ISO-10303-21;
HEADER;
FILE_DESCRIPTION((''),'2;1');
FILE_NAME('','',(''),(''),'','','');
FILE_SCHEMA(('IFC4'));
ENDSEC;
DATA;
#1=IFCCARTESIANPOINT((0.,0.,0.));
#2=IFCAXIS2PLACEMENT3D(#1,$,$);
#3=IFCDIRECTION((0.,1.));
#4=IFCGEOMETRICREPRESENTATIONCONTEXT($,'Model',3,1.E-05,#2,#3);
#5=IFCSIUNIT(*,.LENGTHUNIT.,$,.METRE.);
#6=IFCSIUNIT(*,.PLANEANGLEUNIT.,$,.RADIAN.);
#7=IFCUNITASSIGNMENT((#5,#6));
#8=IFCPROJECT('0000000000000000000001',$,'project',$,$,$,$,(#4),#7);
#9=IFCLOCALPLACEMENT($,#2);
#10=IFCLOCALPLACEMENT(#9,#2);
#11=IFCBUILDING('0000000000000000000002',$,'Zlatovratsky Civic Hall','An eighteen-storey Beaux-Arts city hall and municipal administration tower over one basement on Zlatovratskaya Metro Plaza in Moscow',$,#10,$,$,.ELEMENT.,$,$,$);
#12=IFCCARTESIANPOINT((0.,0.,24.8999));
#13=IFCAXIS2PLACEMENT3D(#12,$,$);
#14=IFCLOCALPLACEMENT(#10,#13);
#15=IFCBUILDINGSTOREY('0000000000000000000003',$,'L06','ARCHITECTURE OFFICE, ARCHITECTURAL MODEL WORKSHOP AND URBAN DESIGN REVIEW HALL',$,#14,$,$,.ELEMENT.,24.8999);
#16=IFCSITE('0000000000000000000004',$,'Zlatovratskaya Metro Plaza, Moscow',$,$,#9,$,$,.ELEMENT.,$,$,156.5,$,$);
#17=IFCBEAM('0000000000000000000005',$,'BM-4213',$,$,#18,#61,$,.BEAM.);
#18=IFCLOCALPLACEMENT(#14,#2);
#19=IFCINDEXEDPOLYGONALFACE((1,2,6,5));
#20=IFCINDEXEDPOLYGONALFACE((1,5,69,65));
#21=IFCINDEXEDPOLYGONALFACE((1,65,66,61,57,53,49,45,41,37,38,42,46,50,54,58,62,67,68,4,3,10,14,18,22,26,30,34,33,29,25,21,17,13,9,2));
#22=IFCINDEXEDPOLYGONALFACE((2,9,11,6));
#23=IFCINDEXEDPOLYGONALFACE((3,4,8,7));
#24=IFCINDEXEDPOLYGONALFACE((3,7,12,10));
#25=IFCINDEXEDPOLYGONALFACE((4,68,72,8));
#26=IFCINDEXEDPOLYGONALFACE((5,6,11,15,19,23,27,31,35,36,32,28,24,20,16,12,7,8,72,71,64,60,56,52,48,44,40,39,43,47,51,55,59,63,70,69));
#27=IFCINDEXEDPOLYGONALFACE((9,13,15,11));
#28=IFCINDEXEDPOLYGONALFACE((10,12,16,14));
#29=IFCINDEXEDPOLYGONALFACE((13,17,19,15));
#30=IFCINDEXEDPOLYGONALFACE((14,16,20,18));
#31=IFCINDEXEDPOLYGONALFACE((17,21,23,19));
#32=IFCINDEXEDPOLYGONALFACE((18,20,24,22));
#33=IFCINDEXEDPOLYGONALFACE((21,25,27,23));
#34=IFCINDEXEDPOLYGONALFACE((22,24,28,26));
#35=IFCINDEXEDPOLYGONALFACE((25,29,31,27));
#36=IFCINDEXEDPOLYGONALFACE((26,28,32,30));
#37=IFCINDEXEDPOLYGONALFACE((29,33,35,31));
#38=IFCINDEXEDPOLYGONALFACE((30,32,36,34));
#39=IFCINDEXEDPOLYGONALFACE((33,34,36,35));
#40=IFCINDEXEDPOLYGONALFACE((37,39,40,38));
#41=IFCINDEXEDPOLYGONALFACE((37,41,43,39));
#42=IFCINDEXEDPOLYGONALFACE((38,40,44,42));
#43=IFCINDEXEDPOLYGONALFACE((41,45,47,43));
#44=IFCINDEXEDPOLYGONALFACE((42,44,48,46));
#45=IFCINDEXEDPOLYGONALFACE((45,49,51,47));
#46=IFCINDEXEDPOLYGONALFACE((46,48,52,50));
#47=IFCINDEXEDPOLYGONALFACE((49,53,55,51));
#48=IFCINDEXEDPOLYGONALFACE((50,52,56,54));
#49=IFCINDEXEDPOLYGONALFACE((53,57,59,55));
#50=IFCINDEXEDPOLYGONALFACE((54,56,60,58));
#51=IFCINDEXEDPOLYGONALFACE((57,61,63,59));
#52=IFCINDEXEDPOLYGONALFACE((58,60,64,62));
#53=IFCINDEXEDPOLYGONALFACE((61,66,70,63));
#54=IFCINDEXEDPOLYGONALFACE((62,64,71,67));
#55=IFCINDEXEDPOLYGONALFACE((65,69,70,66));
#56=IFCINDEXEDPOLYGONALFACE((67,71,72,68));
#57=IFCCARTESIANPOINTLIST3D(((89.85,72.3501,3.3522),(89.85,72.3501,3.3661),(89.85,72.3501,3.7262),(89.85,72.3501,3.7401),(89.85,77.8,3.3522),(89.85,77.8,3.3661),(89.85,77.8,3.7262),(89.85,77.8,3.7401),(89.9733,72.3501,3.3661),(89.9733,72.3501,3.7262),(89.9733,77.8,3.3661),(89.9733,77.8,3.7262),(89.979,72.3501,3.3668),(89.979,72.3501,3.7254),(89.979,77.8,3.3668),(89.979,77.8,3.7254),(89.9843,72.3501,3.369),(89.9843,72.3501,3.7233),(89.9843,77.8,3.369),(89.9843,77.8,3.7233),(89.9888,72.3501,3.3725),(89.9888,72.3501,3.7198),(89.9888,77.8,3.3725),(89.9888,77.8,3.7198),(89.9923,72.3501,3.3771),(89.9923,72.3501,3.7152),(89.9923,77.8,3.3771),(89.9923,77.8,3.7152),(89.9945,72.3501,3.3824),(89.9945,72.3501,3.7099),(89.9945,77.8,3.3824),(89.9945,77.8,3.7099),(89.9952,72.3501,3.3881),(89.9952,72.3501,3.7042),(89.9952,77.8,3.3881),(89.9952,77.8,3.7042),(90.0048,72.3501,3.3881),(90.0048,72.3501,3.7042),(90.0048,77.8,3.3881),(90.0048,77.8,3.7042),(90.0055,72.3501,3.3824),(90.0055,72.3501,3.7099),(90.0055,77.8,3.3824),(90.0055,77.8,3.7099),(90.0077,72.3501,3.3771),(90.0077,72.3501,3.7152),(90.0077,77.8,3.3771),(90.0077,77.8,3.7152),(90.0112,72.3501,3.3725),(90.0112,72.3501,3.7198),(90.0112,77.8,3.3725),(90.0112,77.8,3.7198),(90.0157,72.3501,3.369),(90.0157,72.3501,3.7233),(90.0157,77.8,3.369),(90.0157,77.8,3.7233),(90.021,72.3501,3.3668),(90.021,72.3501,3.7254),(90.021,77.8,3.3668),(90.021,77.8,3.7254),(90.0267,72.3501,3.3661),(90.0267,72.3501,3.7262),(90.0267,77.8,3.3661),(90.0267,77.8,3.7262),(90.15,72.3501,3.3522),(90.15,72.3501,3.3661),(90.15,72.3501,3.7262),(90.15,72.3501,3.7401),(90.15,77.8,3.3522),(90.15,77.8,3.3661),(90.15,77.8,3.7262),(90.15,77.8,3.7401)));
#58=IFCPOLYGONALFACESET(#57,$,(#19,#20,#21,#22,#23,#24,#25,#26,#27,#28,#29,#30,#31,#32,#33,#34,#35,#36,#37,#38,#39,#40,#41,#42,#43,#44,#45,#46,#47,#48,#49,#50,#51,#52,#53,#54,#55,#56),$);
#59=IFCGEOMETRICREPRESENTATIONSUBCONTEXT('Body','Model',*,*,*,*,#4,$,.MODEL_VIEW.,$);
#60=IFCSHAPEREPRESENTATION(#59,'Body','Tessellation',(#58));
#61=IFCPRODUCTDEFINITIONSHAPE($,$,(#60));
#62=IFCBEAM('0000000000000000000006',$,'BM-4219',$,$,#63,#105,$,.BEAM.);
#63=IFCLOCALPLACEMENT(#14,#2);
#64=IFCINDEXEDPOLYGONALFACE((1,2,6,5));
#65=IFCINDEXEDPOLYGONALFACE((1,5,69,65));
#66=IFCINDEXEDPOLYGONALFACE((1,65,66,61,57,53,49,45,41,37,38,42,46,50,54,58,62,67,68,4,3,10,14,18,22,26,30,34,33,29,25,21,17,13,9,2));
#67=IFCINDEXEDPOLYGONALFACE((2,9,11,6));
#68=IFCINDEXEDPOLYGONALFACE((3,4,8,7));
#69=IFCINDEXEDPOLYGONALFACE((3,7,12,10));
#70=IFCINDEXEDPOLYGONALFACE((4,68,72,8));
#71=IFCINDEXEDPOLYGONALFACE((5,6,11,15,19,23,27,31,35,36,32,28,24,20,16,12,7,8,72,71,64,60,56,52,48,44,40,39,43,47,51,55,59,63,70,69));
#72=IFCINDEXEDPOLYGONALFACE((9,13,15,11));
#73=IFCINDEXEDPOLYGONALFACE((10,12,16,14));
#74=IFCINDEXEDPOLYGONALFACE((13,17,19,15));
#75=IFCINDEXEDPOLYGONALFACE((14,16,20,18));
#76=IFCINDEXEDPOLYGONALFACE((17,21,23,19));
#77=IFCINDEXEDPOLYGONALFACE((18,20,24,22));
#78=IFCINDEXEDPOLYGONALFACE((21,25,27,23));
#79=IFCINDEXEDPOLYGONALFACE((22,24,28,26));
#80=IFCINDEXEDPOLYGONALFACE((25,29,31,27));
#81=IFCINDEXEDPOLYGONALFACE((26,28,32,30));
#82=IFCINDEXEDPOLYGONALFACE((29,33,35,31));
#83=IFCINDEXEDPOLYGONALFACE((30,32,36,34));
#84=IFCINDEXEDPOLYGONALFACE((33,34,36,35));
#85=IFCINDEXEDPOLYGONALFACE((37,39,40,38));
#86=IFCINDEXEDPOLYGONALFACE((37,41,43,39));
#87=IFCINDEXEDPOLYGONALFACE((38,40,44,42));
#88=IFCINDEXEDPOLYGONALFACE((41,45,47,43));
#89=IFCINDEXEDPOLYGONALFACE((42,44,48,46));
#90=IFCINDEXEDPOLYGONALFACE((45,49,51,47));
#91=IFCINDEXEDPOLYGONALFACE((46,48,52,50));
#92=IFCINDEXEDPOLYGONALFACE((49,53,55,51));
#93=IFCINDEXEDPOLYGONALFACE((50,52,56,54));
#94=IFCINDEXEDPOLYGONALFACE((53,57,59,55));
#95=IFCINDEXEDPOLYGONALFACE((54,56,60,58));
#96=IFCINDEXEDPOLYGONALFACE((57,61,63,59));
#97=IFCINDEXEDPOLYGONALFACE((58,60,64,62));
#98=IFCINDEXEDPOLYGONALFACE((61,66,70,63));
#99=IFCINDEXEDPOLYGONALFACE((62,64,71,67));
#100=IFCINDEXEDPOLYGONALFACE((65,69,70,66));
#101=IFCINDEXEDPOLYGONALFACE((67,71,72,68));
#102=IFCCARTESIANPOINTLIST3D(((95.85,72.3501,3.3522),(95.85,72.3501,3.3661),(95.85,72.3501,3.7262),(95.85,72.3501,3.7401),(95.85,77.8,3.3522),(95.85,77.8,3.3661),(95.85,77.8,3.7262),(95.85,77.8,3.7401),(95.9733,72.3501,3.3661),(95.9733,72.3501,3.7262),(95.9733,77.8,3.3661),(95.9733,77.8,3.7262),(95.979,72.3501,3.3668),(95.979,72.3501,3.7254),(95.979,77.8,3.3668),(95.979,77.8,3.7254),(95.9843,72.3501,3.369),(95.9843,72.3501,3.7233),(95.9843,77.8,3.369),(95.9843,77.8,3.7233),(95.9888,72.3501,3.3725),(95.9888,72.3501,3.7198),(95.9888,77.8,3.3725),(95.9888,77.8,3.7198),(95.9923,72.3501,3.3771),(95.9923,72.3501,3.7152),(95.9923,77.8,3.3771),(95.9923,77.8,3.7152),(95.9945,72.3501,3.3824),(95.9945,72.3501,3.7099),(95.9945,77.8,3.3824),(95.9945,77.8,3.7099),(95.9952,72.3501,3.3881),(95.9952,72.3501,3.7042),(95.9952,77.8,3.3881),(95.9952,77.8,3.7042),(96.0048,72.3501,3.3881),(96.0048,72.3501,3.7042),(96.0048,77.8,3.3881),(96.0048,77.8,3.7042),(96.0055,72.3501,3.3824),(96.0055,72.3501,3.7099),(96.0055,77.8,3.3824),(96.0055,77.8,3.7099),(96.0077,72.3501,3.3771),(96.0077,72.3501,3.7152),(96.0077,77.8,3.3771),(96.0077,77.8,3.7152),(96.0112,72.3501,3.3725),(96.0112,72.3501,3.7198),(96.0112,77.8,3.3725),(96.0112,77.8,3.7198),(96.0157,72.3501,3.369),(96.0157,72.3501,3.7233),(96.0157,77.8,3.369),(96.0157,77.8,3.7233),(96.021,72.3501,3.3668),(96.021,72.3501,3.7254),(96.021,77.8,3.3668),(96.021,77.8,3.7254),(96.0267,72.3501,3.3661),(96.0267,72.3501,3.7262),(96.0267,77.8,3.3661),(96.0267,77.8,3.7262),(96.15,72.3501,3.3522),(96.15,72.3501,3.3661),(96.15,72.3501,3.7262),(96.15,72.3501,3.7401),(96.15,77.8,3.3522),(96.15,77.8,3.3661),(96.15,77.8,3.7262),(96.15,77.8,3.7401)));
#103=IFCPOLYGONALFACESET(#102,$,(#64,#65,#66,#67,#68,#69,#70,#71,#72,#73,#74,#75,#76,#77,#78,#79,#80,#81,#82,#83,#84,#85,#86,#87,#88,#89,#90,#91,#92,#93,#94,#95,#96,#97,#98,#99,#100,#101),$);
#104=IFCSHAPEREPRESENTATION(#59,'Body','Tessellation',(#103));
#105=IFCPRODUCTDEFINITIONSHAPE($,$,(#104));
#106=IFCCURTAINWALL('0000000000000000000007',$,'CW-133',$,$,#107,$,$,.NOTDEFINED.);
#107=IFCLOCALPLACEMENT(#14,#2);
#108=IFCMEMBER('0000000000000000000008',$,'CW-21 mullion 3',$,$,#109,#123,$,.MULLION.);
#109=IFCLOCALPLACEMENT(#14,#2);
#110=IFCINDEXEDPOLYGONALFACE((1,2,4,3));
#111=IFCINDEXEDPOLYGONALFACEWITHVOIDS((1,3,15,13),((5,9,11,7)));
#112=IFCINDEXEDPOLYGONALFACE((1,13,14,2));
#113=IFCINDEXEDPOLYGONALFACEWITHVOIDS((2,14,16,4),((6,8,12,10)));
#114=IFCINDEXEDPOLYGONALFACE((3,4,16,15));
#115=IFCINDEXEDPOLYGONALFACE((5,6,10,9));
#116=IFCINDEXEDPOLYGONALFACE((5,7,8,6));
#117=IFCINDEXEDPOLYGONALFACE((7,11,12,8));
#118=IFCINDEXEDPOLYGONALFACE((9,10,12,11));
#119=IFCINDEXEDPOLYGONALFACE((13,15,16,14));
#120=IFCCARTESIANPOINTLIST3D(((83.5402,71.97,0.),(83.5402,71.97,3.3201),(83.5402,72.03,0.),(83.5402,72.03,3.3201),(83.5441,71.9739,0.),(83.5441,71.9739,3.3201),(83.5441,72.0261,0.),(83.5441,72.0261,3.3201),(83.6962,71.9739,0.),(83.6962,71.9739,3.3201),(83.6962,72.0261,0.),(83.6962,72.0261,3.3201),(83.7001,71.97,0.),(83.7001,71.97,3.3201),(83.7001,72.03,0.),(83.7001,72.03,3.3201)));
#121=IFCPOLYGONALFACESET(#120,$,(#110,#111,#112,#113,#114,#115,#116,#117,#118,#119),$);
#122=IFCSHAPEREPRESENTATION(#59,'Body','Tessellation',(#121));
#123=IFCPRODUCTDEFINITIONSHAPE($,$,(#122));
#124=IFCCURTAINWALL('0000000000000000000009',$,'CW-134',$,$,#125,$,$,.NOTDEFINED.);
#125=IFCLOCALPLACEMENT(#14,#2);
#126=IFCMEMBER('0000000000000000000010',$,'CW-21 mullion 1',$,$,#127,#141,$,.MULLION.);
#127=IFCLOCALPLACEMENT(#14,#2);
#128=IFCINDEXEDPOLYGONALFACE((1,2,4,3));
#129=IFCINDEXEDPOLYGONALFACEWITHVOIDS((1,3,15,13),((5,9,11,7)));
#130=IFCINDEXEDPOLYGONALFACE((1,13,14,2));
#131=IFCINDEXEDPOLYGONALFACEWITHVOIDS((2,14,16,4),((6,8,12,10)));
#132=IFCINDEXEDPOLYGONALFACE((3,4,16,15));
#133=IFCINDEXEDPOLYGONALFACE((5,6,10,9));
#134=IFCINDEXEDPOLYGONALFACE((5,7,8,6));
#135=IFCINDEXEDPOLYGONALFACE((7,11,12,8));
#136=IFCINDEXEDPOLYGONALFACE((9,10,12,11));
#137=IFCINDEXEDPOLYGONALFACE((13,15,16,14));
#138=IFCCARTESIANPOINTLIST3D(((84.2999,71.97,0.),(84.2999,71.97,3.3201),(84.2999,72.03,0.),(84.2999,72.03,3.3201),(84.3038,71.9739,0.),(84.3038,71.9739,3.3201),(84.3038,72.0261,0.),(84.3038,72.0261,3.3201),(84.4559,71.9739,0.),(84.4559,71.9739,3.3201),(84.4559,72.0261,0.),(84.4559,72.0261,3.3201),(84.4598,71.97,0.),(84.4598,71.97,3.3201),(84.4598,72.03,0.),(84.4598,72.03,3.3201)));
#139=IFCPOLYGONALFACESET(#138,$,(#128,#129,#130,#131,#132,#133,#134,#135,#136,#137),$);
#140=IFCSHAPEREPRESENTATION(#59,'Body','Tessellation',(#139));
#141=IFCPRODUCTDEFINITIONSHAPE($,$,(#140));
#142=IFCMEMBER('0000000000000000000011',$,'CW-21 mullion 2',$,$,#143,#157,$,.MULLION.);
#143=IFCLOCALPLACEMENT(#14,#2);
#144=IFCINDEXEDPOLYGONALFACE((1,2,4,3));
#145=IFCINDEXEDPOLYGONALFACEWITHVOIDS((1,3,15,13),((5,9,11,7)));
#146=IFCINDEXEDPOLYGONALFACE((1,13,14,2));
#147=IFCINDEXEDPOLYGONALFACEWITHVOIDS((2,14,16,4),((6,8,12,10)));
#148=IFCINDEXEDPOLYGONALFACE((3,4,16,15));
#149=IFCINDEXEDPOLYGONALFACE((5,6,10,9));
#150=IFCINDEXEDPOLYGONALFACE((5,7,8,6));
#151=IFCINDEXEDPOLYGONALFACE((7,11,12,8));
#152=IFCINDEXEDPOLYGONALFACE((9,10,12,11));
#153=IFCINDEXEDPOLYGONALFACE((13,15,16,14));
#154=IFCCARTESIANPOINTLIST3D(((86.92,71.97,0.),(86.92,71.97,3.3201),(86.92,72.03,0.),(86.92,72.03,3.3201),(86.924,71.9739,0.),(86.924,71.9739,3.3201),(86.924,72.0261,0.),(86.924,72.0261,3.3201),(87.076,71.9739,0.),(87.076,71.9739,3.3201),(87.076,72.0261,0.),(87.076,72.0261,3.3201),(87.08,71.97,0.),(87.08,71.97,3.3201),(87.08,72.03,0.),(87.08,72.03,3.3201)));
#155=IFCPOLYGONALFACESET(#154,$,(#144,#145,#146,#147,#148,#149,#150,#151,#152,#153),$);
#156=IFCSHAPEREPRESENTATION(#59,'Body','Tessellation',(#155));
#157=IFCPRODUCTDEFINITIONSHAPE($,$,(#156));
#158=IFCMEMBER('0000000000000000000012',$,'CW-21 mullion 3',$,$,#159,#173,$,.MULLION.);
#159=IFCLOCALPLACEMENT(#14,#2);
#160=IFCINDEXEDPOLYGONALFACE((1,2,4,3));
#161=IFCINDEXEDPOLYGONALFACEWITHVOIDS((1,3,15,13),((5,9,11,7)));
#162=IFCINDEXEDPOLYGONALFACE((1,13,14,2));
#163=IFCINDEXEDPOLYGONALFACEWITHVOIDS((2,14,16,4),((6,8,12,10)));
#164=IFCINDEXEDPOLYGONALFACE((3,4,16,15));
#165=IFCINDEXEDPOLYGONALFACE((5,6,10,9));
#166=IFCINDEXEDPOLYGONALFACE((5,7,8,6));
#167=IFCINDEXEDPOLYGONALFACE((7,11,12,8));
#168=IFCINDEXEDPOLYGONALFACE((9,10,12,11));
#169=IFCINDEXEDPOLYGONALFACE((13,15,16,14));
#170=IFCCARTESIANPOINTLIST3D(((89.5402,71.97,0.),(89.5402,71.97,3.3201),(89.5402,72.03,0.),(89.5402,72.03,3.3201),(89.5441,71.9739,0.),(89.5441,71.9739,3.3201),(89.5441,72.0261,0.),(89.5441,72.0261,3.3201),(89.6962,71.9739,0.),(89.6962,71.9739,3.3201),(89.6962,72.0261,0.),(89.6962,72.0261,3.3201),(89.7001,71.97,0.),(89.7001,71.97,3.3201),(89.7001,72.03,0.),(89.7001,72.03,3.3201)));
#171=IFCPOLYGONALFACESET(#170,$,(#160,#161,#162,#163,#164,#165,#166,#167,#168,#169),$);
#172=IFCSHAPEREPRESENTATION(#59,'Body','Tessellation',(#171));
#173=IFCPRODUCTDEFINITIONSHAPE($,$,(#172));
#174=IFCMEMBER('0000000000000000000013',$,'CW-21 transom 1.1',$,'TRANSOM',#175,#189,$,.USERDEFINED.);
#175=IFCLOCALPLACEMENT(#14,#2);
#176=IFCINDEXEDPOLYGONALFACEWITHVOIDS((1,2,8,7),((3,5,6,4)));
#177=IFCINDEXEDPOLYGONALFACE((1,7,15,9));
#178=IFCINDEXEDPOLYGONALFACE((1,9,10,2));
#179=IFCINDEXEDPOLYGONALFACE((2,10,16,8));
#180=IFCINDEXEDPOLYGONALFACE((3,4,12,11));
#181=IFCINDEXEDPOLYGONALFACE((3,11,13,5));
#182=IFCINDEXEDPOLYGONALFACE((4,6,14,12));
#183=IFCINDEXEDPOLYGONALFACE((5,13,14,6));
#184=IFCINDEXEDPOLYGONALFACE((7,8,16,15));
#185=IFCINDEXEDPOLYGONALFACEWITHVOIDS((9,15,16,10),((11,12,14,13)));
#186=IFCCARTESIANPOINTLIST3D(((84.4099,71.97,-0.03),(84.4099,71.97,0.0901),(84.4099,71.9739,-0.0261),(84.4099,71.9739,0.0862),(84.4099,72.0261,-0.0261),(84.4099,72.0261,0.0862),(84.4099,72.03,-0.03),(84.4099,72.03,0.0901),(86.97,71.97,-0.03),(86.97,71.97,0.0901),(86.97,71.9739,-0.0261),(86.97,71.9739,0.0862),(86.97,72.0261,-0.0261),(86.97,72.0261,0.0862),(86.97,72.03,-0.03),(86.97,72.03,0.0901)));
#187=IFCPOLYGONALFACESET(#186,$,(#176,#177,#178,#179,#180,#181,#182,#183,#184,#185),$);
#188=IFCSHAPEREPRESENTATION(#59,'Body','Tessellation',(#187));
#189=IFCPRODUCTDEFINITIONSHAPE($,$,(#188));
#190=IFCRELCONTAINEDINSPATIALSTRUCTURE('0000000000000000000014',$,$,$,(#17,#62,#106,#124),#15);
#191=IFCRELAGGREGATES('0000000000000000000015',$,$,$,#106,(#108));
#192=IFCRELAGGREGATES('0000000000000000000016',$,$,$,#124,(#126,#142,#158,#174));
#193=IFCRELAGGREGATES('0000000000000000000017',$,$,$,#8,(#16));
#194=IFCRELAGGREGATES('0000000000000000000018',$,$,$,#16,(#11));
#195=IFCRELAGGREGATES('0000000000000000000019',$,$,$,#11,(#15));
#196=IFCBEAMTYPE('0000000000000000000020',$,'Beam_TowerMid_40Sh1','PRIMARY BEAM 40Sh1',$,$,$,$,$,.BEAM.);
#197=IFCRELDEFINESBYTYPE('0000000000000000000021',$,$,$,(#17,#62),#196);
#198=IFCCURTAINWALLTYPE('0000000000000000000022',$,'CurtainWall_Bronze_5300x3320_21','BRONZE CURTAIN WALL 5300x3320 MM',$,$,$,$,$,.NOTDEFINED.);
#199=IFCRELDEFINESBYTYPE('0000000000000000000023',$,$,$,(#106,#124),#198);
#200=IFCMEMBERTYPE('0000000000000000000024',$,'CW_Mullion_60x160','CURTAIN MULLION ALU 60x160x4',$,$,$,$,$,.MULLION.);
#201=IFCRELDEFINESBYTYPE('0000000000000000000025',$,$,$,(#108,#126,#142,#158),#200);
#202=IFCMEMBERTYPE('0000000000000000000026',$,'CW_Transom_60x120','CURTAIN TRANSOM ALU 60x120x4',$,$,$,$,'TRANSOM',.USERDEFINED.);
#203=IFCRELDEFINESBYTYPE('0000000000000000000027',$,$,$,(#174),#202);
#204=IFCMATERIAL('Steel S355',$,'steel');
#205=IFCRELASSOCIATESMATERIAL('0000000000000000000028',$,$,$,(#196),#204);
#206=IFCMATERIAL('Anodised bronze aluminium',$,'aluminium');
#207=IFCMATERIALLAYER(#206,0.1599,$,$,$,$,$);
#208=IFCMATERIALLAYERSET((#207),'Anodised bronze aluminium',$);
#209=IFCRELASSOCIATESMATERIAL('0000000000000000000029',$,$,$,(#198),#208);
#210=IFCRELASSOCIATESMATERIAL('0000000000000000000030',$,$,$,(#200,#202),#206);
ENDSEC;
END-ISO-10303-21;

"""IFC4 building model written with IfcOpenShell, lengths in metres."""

from ifc_helpers import new_model, si_unit, direction, frame, origin, origin_2d, place, context, subcontext, project, spatial, hollow_rectangle, i_section, extrude, material, layer, layer_set, material_profile, profile_set, type_object, element, aggregate, save


model = new_model("IFC4")

# Units and contexts
model_context = context("Model", 3, precision=1e-05, world=origin(), true_north=direction((0.0, 1.0)))
body_context = subcontext(model_context, "Body", "Model", "MODEL_VIEW")
ifc_project = project(units=[si_unit("LENGTHUNIT", "METRE"), si_unit("PLANEANGLEUNIT", "RADIAN")], contexts=[model_context])

# Site, building, storey
site_placement = place(None, origin())
site = spatial("IfcSite", under=ifc_project, at=site_placement, Name="Zlatovratskaya Metro Plaza, Moscow", CompositionType="ELEMENT", RefElevation=156.5)
building_placement = place(site_placement, origin())
building = spatial("IfcBuilding", under=site, at=building_placement, Name="Zlatovratsky Civic Hall", Description="An eighteen-storey Beaux-Arts city hall and municipal administration tower over one basement on Zlatovratskaya Metro Plaza in Moscow", CompositionType="ELEMENT")
storey_placement = place(building_placement, frame((0.0, 0.0, 24.8999)))
storey = spatial("IfcBuildingStorey", under=building, at=storey_placement, Name="L06", Description="ARCHITECTURE OFFICE, ARCHITECTURAL MODEL WORKSHOP AND URBAN DESIGN REVIEW HALL", CompositionType="ELEMENT", Elevation=24.8999)

# Beams
ifc_material_1 = material(Name="Steel S355", Category="steel")
ifc_material_profile_1 = material_profile(ifc_material_1, i_section(OverallWidth=0.3, OverallDepth=0.3879, WebThickness=0.0095, FlangeThickness=0.0139, FilletRadius=0.022, at=origin_2d()), Name="40Sh1")
ifc_profile_set_1 = profile_set([ifc_material_profile_1], Name="Steel S355")
beam_type_1 = type_object("IfcBeamType", Name="Beam_TowerMid_40Sh1", Description="PRIMARY BEAM 40Sh1", PredefinedType="BEAM", material=ifc_profile_set_1)
for number, where, z_axis, x_axis, name in (
    (1, (90.0, 72.3501, 3.5461), (0.0, 1.0, 0.0), (-1.0, 0.0, 0.0), "BM-4213"),
    (2, (96.0, 72.3501, 3.5461), (0.0, 1.0, 0.0), (-1.0, 0.0, 0.0), "BM-4219"),
):
    element("IfcBeam", number, at=place(storey_placement, frame(where, z_axis=z_axis, x_axis=x_axis)), inside=storey, type_object=beam_type_1, Name=name, PredefinedType="BEAM", context=body_context, shape_type="SweptSolid", body=[
        extrude(i_section(OverallWidth=0.3, OverallDepth=0.3879, WebThickness=0.0095, FlangeThickness=0.0139, FilletRadius=0.022, at=origin_2d()), origin(), (0.0, 0.0, 1.0), 5.45),
    ])

# Curtain wall, member
ifc_material_2 = material(Name="Anodised bronze aluminium", Category="aluminium")
ifc_layer_1 = layer(ifc_material_2, 0.1599)
ifc_layer_set_1 = layer_set([ifc_layer_1], Name="Anodised bronze aluminium")
curtain_wall_type = type_object("IfcCurtainWallType", Name="CurtainWall_Bronze_5300x3320_21", Description="BRONZE CURTAIN WALL 5300x3320 MM", PredefinedType="NOTDEFINED", material=ifc_layer_set_1)
curtain_wall_1_placement = place(storey_placement, origin())
curtain_wall_1 = element("IfcCurtainWall", 3, at=curtain_wall_1_placement, inside=storey, type_object=curtain_wall_type, Name="CW-133", PredefinedType="NOTDEFINED")
ifc_material_profile_2 = material_profile(ifc_material_2, hollow_rectangle(XDim=0.0601, YDim=0.1599, WallThickness=0.0039, at=origin_2d()), Name="ALU 60x160x4")
ifc_profile_set_2 = profile_set([ifc_material_profile_2], Name="Anodised bronze aluminium")
member_type_1 = type_object("IfcMemberType", Name="CW_Mullion_60x160", Description="CURTAIN MULLION ALU 60x160x4", PredefinedType="MULLION", material=ifc_profile_set_2)
member_1_placement = place(storey_placement, frame((83.6201, 72.0, 0.0), z_axis=(0.0, 0.0, 1.0), x_axis=(0.0, 1.0, 0.0)))
member_1 = element("IfcMember", 4, at=member_1_placement, type_object=member_type_1, Name="CW-21 mullion 3", PredefinedType="MULLION", context=body_context, shape_type="SweptSolid", body=[
    extrude(hollow_rectangle(XDim=0.0601, YDim=0.1599, WallThickness=0.0039, at=origin_2d()), origin(), (0.0, 0.0, 1.0), 3.3201),
])
aggregate(curtain_wall_1, [member_1])

# Curtain wall, members
curtain_wall_2_placement = place(storey_placement, origin())
curtain_wall_2 = element("IfcCurtainWall", 5, at=curtain_wall_2_placement, inside=storey, type_object=curtain_wall_type, Name="CW-134", PredefinedType="NOTDEFINED")
member_2_placement = place(storey_placement, frame((84.3799, 72.0, 0.0), z_axis=(0.0, 0.0, 1.0), x_axis=(0.0, 1.0, 0.0)))
member_2 = element("IfcMember", 6, at=member_2_placement, type_object=member_type_1, Name="CW-21 mullion 1", PredefinedType="MULLION", context=body_context, shape_type="SweptSolid", body=[
    extrude(hollow_rectangle(XDim=0.0601, YDim=0.1599, WallThickness=0.0039, at=origin_2d()), origin(), (0.0, 0.0, 1.0), 3.3201),
])
member_3_placement = place(storey_placement, frame((87.0, 72.0, 0.0), z_axis=(0.0, 0.0, 1.0), x_axis=(0.0, 1.0, 0.0)))
member_3 = element("IfcMember", 7, at=member_3_placement, type_object=member_type_1, Name="CW-21 mullion 2", PredefinedType="MULLION", context=body_context, shape_type="SweptSolid", body=[
    extrude(hollow_rectangle(XDim=0.0601, YDim=0.1599, WallThickness=0.0039, at=origin_2d()), origin(), (0.0, 0.0, 1.0), 3.3201),
])
member_4_placement = place(storey_placement, frame((89.6201, 72.0, 0.0), z_axis=(0.0, 0.0, 1.0), x_axis=(0.0, 1.0, 0.0)))
member_4 = element("IfcMember", 8, at=member_4_placement, type_object=member_type_1, Name="CW-21 mullion 3", PredefinedType="MULLION", context=body_context, shape_type="SweptSolid", body=[
    extrude(hollow_rectangle(XDim=0.0601, YDim=0.1599, WallThickness=0.0039, at=origin_2d()), origin(), (0.0, 0.0, 1.0), 3.3201),
])
ifc_material_profile_3 = material_profile(ifc_material_2, hollow_rectangle(XDim=0.0601, YDim=0.1201, WallThickness=0.0039, at=origin_2d()), Name="ALU 60x120x4")
ifc_profile_set_3 = profile_set([ifc_material_profile_3], Name="Anodised bronze aluminium")
member_type_2 = type_object("IfcMemberType", Name="CW_Transom_60x120", Description="CURTAIN TRANSOM ALU 60x120x4", ElementType="TRANSOM", PredefinedType="USERDEFINED", material=ifc_profile_set_3)
member_5_placement = place(storey_placement, frame((84.4099, 72.0, 0.03), z_axis=(1.0, 0.0, 0.0), x_axis=(0.0, 1.0, 0.0)))
member_5 = element("IfcMember", 9, at=member_5_placement, type_object=member_type_2, Name="CW-21 transom 1.1", ObjectType="TRANSOM", PredefinedType="USERDEFINED", context=body_context, shape_type="SweptSolid", body=[
    extrude(hollow_rectangle(XDim=0.0601, YDim=0.1201, WallThickness=0.0039, at=origin_2d()), origin(), (0.0, 0.0, 1.0), 2.5601),
])
aggregate(curtain_wall_2, [member_2, member_3, member_4, member_5])

save(model, "model.ifc")
